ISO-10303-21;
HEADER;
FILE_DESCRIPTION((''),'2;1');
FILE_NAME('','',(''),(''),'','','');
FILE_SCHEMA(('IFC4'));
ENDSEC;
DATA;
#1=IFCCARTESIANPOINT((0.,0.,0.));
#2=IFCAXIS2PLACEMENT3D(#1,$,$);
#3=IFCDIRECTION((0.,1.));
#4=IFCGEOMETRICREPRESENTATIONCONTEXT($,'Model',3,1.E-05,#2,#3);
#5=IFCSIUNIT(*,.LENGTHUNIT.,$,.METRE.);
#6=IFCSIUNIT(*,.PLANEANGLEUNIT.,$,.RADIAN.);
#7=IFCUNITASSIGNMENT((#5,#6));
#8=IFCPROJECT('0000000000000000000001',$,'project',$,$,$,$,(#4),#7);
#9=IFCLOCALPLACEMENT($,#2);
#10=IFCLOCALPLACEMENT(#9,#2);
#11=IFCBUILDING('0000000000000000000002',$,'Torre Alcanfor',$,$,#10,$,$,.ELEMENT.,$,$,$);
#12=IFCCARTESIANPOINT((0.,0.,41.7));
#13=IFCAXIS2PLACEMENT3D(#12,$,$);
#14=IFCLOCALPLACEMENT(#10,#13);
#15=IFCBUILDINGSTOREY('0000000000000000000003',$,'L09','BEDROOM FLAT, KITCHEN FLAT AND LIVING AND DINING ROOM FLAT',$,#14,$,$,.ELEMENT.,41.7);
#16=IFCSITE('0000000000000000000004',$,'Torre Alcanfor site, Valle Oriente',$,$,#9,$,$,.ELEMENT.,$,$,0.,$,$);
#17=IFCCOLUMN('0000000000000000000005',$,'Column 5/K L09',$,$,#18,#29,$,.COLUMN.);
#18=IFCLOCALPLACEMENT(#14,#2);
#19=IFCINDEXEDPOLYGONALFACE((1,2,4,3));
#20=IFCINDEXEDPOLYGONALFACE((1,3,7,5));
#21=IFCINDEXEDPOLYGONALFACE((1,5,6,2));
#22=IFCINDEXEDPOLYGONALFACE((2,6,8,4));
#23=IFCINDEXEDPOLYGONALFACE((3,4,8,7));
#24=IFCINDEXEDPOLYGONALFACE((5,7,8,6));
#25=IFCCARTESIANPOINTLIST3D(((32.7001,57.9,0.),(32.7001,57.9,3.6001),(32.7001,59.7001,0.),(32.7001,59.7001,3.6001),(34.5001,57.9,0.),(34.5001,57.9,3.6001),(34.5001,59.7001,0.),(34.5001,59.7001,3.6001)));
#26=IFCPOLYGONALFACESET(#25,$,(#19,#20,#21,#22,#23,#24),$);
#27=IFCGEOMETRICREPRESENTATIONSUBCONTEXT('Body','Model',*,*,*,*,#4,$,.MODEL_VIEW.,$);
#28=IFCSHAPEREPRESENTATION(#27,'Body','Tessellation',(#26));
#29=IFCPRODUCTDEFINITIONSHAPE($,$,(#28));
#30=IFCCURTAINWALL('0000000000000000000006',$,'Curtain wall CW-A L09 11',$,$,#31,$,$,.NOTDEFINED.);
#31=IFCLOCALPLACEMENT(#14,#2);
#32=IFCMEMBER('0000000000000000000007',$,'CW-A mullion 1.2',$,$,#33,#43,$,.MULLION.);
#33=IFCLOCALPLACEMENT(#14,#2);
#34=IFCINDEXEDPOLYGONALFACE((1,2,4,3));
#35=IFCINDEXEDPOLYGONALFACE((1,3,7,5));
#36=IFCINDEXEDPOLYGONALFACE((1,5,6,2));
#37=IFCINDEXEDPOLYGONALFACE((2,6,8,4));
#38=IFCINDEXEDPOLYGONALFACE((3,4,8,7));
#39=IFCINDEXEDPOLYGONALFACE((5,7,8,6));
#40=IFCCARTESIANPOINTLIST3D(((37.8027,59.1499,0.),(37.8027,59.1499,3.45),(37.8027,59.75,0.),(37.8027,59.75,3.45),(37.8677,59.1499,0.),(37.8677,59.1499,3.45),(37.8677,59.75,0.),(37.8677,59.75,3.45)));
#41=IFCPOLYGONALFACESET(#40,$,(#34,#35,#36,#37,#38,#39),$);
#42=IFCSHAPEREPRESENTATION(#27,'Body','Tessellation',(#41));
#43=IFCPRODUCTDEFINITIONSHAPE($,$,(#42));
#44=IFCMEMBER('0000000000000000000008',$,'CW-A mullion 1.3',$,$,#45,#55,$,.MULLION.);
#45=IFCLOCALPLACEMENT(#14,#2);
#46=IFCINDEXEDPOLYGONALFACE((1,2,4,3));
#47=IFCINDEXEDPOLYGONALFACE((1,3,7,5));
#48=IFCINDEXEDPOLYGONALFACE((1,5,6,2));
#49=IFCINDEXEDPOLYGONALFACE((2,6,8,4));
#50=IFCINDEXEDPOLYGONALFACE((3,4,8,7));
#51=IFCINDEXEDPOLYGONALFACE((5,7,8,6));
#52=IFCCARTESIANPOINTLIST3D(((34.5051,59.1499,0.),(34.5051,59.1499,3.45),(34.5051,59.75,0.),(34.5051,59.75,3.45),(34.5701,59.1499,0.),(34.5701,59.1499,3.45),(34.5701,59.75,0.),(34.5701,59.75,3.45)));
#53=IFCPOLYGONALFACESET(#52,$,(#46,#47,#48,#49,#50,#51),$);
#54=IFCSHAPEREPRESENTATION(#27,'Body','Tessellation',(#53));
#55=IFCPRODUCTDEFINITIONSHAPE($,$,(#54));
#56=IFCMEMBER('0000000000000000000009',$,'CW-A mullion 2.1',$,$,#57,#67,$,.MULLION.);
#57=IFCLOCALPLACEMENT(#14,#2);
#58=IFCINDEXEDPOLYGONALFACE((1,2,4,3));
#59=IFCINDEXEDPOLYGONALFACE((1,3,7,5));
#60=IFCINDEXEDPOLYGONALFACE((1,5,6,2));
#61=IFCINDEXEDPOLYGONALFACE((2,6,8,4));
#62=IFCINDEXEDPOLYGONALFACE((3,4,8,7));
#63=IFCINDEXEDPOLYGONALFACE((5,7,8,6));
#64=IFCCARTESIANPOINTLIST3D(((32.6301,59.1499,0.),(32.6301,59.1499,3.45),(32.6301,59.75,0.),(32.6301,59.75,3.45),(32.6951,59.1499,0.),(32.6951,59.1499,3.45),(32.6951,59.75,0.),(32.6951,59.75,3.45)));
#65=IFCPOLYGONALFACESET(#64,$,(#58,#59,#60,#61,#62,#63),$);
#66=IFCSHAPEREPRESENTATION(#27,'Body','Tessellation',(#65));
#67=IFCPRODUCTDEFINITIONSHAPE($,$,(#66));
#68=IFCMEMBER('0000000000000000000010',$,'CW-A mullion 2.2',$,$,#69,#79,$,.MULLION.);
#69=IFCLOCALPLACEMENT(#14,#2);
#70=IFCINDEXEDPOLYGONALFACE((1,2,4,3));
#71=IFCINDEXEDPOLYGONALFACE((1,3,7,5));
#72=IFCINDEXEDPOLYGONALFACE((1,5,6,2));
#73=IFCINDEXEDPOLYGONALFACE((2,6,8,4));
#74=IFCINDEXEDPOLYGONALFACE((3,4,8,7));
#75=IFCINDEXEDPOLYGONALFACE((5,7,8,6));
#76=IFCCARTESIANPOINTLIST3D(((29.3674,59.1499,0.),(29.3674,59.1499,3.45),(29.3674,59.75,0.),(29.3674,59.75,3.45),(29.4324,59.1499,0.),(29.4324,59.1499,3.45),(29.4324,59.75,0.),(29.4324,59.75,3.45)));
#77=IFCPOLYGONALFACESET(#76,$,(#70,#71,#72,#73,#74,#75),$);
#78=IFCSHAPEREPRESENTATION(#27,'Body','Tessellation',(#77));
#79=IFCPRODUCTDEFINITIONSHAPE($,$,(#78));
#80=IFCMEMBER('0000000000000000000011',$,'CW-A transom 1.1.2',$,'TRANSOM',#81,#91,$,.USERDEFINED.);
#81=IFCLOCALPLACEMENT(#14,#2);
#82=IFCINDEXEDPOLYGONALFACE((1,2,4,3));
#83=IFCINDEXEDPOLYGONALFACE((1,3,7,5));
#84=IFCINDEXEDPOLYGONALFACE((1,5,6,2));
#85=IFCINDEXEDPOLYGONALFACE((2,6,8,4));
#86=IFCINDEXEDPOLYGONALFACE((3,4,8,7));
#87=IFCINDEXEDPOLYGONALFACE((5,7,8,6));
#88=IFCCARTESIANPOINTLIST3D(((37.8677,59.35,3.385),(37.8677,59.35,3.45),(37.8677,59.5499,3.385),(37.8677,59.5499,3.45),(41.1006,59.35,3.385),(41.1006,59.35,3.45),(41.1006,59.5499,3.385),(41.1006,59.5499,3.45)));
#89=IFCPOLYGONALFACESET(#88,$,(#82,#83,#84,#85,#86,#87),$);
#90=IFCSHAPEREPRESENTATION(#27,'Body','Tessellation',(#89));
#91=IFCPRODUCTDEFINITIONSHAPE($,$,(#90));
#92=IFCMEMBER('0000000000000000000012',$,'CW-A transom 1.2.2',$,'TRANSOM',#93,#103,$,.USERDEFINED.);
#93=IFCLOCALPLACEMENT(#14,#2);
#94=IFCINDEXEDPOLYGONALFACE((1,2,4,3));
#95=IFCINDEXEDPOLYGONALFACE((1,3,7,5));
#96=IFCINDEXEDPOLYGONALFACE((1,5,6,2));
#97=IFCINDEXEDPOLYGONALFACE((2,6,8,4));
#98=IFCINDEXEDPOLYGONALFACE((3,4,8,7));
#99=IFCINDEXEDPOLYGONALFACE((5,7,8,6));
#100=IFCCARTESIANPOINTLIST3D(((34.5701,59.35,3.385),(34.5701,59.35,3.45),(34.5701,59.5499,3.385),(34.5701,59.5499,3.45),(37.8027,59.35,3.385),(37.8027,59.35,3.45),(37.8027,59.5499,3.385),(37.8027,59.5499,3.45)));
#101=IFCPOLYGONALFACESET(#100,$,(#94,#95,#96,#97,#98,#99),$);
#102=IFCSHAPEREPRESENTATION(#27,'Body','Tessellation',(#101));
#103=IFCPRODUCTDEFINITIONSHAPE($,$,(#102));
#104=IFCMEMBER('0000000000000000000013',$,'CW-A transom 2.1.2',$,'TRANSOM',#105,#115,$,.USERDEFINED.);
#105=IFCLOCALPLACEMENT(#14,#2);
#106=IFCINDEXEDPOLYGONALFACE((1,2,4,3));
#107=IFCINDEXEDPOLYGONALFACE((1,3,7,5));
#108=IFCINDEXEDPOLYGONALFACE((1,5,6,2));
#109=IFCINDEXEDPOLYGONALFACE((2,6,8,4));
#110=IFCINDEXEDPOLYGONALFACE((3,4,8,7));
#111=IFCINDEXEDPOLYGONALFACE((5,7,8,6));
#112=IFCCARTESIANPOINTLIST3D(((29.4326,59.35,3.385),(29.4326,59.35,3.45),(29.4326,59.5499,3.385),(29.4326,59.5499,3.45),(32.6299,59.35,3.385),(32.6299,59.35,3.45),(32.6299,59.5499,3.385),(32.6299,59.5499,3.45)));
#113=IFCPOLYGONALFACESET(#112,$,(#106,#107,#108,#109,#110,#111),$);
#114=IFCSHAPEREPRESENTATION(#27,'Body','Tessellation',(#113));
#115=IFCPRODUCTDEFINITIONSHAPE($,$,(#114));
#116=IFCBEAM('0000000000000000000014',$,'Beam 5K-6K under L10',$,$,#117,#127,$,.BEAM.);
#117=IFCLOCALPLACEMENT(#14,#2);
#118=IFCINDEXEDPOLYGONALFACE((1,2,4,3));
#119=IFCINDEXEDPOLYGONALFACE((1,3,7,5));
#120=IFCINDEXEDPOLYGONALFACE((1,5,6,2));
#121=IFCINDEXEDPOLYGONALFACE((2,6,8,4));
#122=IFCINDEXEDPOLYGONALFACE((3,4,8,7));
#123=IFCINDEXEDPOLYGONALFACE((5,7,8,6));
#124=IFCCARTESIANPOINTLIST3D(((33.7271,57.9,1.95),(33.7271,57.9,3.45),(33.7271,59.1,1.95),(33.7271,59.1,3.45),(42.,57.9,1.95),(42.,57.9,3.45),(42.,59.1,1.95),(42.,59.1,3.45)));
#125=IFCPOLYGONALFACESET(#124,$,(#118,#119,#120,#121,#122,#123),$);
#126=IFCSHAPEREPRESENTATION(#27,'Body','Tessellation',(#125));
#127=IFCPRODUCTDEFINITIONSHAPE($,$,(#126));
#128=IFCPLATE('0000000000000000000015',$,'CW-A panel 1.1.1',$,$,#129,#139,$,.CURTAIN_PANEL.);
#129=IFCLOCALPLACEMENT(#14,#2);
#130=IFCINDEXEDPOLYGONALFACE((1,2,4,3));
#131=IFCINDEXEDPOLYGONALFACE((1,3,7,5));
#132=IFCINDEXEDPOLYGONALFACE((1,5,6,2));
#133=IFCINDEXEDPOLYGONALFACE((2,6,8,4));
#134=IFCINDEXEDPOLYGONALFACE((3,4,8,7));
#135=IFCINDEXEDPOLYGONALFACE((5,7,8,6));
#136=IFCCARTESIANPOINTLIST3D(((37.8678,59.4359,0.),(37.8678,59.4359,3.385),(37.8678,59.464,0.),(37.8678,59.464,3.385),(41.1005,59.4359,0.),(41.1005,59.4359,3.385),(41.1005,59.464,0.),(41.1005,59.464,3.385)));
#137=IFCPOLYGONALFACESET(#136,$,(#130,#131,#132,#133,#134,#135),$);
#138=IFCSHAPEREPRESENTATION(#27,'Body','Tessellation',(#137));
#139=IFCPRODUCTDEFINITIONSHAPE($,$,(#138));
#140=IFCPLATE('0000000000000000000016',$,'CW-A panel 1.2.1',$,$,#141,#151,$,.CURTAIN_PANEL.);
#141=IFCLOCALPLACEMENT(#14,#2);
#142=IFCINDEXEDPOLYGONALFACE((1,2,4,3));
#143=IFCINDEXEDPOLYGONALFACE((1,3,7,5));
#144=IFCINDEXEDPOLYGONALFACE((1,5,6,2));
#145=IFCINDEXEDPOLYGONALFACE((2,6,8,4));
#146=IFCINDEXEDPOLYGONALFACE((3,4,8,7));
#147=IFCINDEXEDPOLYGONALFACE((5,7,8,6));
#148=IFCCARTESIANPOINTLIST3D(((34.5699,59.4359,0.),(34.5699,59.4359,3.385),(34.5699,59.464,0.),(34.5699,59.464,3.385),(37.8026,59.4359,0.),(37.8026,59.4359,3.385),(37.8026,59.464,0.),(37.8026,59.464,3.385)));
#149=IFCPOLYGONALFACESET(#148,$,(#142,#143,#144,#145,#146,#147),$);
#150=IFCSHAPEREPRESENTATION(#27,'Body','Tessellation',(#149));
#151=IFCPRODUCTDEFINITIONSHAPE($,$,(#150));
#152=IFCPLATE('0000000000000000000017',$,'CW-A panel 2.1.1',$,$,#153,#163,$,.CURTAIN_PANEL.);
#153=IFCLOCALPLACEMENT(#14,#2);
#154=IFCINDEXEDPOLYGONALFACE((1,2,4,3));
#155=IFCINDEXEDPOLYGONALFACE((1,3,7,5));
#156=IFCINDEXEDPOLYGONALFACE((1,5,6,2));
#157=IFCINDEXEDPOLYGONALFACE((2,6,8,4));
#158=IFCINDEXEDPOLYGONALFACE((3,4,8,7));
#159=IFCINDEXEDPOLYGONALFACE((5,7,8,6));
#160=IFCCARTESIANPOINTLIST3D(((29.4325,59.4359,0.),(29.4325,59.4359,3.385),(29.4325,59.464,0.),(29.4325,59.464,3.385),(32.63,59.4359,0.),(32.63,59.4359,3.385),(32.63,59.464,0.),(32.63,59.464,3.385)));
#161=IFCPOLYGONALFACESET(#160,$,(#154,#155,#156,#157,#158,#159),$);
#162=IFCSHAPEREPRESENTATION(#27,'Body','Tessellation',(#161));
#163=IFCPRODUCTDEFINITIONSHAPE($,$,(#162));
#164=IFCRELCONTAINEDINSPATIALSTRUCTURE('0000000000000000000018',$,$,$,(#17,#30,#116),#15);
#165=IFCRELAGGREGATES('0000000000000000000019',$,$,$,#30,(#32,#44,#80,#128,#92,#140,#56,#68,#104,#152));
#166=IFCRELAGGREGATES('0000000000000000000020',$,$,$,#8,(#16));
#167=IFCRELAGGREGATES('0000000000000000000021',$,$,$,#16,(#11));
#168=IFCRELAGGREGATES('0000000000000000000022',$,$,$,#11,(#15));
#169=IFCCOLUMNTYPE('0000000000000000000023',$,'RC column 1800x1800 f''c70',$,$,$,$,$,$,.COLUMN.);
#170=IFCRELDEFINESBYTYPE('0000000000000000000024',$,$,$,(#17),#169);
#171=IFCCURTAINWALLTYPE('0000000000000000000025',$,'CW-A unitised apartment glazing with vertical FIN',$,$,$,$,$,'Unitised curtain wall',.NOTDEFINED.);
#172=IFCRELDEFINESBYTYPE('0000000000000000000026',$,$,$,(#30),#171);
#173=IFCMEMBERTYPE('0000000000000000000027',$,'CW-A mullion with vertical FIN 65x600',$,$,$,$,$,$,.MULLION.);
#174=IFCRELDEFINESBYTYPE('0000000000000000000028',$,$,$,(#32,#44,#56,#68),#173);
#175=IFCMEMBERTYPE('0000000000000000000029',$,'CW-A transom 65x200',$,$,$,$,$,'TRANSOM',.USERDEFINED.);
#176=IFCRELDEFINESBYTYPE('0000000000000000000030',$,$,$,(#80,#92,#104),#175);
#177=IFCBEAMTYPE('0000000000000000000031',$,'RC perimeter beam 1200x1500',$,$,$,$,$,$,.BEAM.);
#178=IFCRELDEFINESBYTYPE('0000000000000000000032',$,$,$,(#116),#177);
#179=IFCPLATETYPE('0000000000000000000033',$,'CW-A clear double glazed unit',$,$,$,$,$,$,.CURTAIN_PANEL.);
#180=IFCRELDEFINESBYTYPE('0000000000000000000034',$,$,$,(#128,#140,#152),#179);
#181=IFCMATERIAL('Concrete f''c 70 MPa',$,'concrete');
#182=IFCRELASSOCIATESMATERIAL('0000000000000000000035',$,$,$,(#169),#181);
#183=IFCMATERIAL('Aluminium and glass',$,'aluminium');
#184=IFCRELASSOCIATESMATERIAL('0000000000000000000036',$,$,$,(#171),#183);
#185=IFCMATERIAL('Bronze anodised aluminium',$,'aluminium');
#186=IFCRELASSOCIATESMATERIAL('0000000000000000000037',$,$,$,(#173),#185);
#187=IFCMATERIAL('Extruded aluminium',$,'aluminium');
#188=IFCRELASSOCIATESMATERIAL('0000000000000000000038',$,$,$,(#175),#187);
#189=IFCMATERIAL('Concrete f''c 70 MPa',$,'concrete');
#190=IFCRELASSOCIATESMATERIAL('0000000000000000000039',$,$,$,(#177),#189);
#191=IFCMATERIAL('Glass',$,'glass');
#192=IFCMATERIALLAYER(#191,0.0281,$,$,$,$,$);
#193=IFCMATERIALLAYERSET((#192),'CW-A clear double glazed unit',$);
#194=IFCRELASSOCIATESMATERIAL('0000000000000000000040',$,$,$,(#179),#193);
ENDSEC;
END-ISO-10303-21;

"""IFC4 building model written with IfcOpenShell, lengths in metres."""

from ifc_helpers import new_model, si_unit, direction, frame, origin, origin_2d, place, context, subcontext, project, spatial, rectangle, extrude, material, layer, layer_set, material_profile, profile_set, type_object, element, aggregate, save


model = new_model("IFC4")

# Units and contexts
model_context = context("Model", 3, precision=1e-05, world=origin(), true_north=direction((0.0, 1.0)))
body_context = subcontext(model_context, "Body", "Model", "MODEL_VIEW")
ifc_project = project(units=[si_unit("LENGTHUNIT", "METRE"), si_unit("PLANEANGLEUNIT", "RADIAN")], contexts=[model_context])

# Site, building, storey
site_placement = place(None, origin())
site = spatial("IfcSite", under=ifc_project, at=site_placement, Name="Torre Alcanfor site, Valle Oriente", CompositionType="ELEMENT", RefElevation=0.0)
building_placement = place(site_placement, origin())
building = spatial("IfcBuilding", under=site, at=building_placement, Name="Torre Alcanfor", CompositionType="ELEMENT")
storey_placement = place(building_placement, frame((0.0, 0.0, 41.7)))
storey = spatial("IfcBuildingStorey", under=building, at=storey_placement, Name="L09", Description="BEDROOM FLAT, KITCHEN FLAT AND LIVING AND DINING ROOM FLAT", CompositionType="ELEMENT", Elevation=41.7)

# Column
ifc_material_1 = material(Name="Concrete f'c 70 MPa", Category="concrete")
ifc_material_profile_1 = material_profile(ifc_material_1, rectangle(XDim=1.8, YDim=1.8, at=origin_2d()), Name="1800x1800")
ifc_profile_set_1 = profile_set([ifc_material_profile_1], Name="Concrete f'c 70 MPa")
column_type = type_object("IfcColumnType", Name="RC column 1800x1800 f'c70", PredefinedType="COLUMN", material=ifc_profile_set_1)
column_placement = place(storey_placement, frame((33.6001, 58.8, 0.0), z_axis=(0.0, 0.0, 1.0), x_axis=(1.0, 0.0, 0.0)))
element("IfcColumn", 1, at=column_placement, inside=storey, type_object=column_type, Name="Column 5/K L09", PredefinedType="COLUMN", context=body_context, shape_type="SweptSolid", body=[
    extrude(rectangle(XDim=1.8, YDim=1.8, at=origin_2d()), origin(), (0.0, 0.0, 1.0), 3.6001),
])

# Curtain wall, members
ifc_material_2 = material(Name="Aluminium and glass", Category="aluminium")
curtain_wall_type = type_object("IfcCurtainWallType", Name="CW-A unitised apartment glazing with vertical FIN", ElementType="Unitised curtain wall", PredefinedType="NOTDEFINED", material=ifc_material_2)
curtain_wall_placement = place(storey_placement, origin())
curtain_wall = element("IfcCurtainWall", 2, at=curtain_wall_placement, inside=storey, type_object=curtain_wall_type, Name="Curtain wall CW-A L09 11", PredefinedType="NOTDEFINED")
ifc_material_3 = material(Name="Bronze anodised aluminium", Category="aluminium")
ifc_material_profile_2 = material_profile(ifc_material_3, rectangle(XDim=0.6001, YDim=0.0649, at=origin_2d()), Name="CW-A mullion 65x600")
ifc_profile_set_2 = profile_set([ifc_material_profile_2], Name="Bronze anodised aluminium")
member_type_1 = type_object("IfcMemberType", Name="CW-A mullion with vertical FIN 65x600", PredefinedType="MULLION", material=ifc_profile_set_2)
member_1_placement = place(storey_placement, frame((37.8352, 59.45, 0.0), z_axis=(0.0, 0.0, 1.0), x_axis=(0.0, -1.0, 0.0)))
member_1 = element("IfcMember", 3, at=member_1_placement, type_object=member_type_1, Name="CW-A mullion 1.2", PredefinedType="MULLION", context=body_context, shape_type="SweptSolid", body=[
    extrude(rectangle(XDim=0.6001, YDim=0.0649, at=origin_2d()), origin(), (0.0, 0.0, 1.0), 3.45),
])
member_2_placement = place(storey_placement, frame((34.5376, 59.45, 0.0), z_axis=(0.0, 0.0, 1.0), x_axis=(0.0, -1.0, 0.0)))
member_2 = element("IfcMember", 4, at=member_2_placement, type_object=member_type_1, Name="CW-A mullion 1.3", PredefinedType="MULLION", context=body_context, shape_type="SweptSolid", body=[
    extrude(rectangle(XDim=0.6001, YDim=0.0649, at=origin_2d()), origin(), (0.0, 0.0, 1.0), 3.45),
])
member_3_placement = place(storey_placement, frame((32.6626, 59.45, 0.0), z_axis=(0.0, 0.0, 1.0), x_axis=(0.0, -1.0, 0.0)))
member_3 = element("IfcMember", 5, at=member_3_placement, type_object=member_type_1, Name="CW-A mullion 2.1", PredefinedType="MULLION", context=body_context, shape_type="SweptSolid", body=[
    extrude(rectangle(XDim=0.6001, YDim=0.0649, at=origin_2d()), origin(), (0.0, 0.0, 1.0), 3.45),
])
member_4_placement = place(storey_placement, frame((29.3999, 59.45, 0.0), z_axis=(0.0, 0.0, 1.0), x_axis=(0.0, -1.0, 0.0)))
member_4 = element("IfcMember", 6, at=member_4_placement, type_object=member_type_1, Name="CW-A mullion 2.2", PredefinedType="MULLION", context=body_context, shape_type="SweptSolid", body=[
    extrude(rectangle(XDim=0.6001, YDim=0.0649, at=origin_2d()), origin(), (0.0, 0.0, 1.0), 3.45),
])
ifc_material_4 = material(Name="Extruded aluminium", Category="aluminium")
ifc_material_profile_3 = material_profile(ifc_material_4, rectangle(XDim=0.2, YDim=0.0649, at=origin_2d()), Name="CW-A transom 200x65")
ifc_profile_set_3 = profile_set([ifc_material_profile_3], Name="Extruded aluminium")
member_type_2 = type_object("IfcMemberType", Name="CW-A transom 65x200", ElementType="TRANSOM", PredefinedType="USERDEFINED", material=ifc_profile_set_3)
member_5_placement = place(storey_placement, frame((41.1006, 59.45, 3.4175), z_axis=(-1.0, 0.0, 0.0), x_axis=(0.0, -1.0, 0.0)))
member_5 = element("IfcMember", 7, at=member_5_placement, type_object=member_type_2, Name="CW-A transom 1.1.2", ObjectType="TRANSOM", PredefinedType="USERDEFINED", context=body_context, shape_type="SweptSolid", body=[
    extrude(rectangle(XDim=0.2, YDim=0.0649, at=origin_2d()), origin(), (0.0, 0.0, 1.0), 3.2329),
])
member_6_placement = place(storey_placement, frame((37.8027, 59.45, 3.4175), z_axis=(-1.0, 0.0, 0.0), x_axis=(0.0, -1.0, 0.0)))
member_6 = element("IfcMember", 8, at=member_6_placement, type_object=member_type_2, Name="CW-A transom 1.2.2", ObjectType="TRANSOM", PredefinedType="USERDEFINED", context=body_context, shape_type="SweptSolid", body=[
    extrude(rectangle(XDim=0.2, YDim=0.0649, at=origin_2d()), origin(), (0.0, 0.0, 1.0), 3.2327),
])
member_7_placement = place(storey_placement, frame((32.6299, 59.45, 3.4175), z_axis=(-1.0, 0.0, 0.0), x_axis=(0.0, -1.0, 0.0)))
member_7 = element("IfcMember", 9, at=member_7_placement, type_object=member_type_2, Name="CW-A transom 2.1.2", ObjectType="TRANSOM", PredefinedType="USERDEFINED", context=body_context, shape_type="SweptSolid", body=[
    extrude(rectangle(XDim=0.2, YDim=0.0649, at=origin_2d()), origin(), (0.0, 0.0, 1.0), 3.1973),
])

# Beam
ifc_material_5 = material(Name="Concrete f'c 70 MPa", Category="concrete")
ifc_material_profile_4 = material_profile(ifc_material_5, rectangle(XDim=1.2, YDim=1.5, at=origin_2d()), Name="1200x1500")
ifc_profile_set_4 = profile_set([ifc_material_profile_4], Name="Concrete f'c 70 MPa")
beam_type = type_object("IfcBeamType", Name="RC perimeter beam 1200x1500", PredefinedType="BEAM", material=ifc_profile_set_4)
beam_placement = place(storey_placement, frame((33.7271, 58.5, 2.7), z_axis=(1.0, 0.0, 0.0), x_axis=(0.0, 1.0, 0.0)))
element("IfcBeam", 10, at=beam_placement, inside=storey, type_object=beam_type, Name="Beam 5K-6K under L10", PredefinedType="BEAM", context=body_context, shape_type="SweptSolid", body=[
    extrude(rectangle(XDim=1.2, YDim=1.5, at=origin_2d()), origin(), (0.0, 0.0, 1.0), 8.2729),
])

# Plates
ifc_material_6 = material(Name="Glass", Category="glass")
ifc_layer_1 = layer(ifc_material_6, 0.0281)
ifc_layer_set_1 = layer_set([ifc_layer_1], Name="CW-A clear double glazed unit")
plate_type = type_object("IfcPlateType", Name="CW-A clear double glazed unit", PredefinedType="CURTAIN_PANEL", material=ifc_layer_set_1)
plate_1_placement = place(storey_placement, frame((39.4841, 59.45, 0.0), z_axis=(0.0, 0.0, 1.0), x_axis=(-1.0, 0.0, 0.0)))
plate_1 = element("IfcPlate", 11, at=plate_1_placement, type_object=plate_type, Name="CW-A panel 1.1.1", PredefinedType="CURTAIN_PANEL", context=body_context, shape_type="SweptSolid", body=[
    extrude(rectangle(XDim=3.2327, YDim=0.0281, at=origin_2d()), origin(), (0.0, 0.0, 1.0), 3.385),
])
plate_2_placement = place(storey_placement, frame((36.1863, 59.45, 0.0), z_axis=(0.0, 0.0, 1.0), x_axis=(-1.0, 0.0, 0.0)))
plate_2 = element("IfcPlate", 12, at=plate_2_placement, type_object=plate_type, Name="CW-A panel 1.2.1", PredefinedType="CURTAIN_PANEL", context=body_context, shape_type="SweptSolid", body=[
    extrude(rectangle(XDim=3.2327, YDim=0.0281, at=origin_2d()), origin(), (0.0, 0.0, 1.0), 3.385),
])
plate_3_placement = place(storey_placement, frame((31.0312, 59.45, 0.0), z_axis=(0.0, 0.0, 1.0), x_axis=(-1.0, 0.0, 0.0)))
plate_3 = element("IfcPlate", 13, at=plate_3_placement, type_object=plate_type, Name="CW-A panel 2.1.1", PredefinedType="CURTAIN_PANEL", context=body_context, shape_type="SweptSolid", body=[
    extrude(rectangle(XDim=3.1975, YDim=0.0281, at=origin_2d()), origin(), (0.0, 0.0, 1.0), 3.385),
])
aggregate(curtain_wall, [member_1, member_2, member_5, plate_1, member_6, plate_2, member_3, member_4, member_7, plate_3])

save(model, "model.ifc")
